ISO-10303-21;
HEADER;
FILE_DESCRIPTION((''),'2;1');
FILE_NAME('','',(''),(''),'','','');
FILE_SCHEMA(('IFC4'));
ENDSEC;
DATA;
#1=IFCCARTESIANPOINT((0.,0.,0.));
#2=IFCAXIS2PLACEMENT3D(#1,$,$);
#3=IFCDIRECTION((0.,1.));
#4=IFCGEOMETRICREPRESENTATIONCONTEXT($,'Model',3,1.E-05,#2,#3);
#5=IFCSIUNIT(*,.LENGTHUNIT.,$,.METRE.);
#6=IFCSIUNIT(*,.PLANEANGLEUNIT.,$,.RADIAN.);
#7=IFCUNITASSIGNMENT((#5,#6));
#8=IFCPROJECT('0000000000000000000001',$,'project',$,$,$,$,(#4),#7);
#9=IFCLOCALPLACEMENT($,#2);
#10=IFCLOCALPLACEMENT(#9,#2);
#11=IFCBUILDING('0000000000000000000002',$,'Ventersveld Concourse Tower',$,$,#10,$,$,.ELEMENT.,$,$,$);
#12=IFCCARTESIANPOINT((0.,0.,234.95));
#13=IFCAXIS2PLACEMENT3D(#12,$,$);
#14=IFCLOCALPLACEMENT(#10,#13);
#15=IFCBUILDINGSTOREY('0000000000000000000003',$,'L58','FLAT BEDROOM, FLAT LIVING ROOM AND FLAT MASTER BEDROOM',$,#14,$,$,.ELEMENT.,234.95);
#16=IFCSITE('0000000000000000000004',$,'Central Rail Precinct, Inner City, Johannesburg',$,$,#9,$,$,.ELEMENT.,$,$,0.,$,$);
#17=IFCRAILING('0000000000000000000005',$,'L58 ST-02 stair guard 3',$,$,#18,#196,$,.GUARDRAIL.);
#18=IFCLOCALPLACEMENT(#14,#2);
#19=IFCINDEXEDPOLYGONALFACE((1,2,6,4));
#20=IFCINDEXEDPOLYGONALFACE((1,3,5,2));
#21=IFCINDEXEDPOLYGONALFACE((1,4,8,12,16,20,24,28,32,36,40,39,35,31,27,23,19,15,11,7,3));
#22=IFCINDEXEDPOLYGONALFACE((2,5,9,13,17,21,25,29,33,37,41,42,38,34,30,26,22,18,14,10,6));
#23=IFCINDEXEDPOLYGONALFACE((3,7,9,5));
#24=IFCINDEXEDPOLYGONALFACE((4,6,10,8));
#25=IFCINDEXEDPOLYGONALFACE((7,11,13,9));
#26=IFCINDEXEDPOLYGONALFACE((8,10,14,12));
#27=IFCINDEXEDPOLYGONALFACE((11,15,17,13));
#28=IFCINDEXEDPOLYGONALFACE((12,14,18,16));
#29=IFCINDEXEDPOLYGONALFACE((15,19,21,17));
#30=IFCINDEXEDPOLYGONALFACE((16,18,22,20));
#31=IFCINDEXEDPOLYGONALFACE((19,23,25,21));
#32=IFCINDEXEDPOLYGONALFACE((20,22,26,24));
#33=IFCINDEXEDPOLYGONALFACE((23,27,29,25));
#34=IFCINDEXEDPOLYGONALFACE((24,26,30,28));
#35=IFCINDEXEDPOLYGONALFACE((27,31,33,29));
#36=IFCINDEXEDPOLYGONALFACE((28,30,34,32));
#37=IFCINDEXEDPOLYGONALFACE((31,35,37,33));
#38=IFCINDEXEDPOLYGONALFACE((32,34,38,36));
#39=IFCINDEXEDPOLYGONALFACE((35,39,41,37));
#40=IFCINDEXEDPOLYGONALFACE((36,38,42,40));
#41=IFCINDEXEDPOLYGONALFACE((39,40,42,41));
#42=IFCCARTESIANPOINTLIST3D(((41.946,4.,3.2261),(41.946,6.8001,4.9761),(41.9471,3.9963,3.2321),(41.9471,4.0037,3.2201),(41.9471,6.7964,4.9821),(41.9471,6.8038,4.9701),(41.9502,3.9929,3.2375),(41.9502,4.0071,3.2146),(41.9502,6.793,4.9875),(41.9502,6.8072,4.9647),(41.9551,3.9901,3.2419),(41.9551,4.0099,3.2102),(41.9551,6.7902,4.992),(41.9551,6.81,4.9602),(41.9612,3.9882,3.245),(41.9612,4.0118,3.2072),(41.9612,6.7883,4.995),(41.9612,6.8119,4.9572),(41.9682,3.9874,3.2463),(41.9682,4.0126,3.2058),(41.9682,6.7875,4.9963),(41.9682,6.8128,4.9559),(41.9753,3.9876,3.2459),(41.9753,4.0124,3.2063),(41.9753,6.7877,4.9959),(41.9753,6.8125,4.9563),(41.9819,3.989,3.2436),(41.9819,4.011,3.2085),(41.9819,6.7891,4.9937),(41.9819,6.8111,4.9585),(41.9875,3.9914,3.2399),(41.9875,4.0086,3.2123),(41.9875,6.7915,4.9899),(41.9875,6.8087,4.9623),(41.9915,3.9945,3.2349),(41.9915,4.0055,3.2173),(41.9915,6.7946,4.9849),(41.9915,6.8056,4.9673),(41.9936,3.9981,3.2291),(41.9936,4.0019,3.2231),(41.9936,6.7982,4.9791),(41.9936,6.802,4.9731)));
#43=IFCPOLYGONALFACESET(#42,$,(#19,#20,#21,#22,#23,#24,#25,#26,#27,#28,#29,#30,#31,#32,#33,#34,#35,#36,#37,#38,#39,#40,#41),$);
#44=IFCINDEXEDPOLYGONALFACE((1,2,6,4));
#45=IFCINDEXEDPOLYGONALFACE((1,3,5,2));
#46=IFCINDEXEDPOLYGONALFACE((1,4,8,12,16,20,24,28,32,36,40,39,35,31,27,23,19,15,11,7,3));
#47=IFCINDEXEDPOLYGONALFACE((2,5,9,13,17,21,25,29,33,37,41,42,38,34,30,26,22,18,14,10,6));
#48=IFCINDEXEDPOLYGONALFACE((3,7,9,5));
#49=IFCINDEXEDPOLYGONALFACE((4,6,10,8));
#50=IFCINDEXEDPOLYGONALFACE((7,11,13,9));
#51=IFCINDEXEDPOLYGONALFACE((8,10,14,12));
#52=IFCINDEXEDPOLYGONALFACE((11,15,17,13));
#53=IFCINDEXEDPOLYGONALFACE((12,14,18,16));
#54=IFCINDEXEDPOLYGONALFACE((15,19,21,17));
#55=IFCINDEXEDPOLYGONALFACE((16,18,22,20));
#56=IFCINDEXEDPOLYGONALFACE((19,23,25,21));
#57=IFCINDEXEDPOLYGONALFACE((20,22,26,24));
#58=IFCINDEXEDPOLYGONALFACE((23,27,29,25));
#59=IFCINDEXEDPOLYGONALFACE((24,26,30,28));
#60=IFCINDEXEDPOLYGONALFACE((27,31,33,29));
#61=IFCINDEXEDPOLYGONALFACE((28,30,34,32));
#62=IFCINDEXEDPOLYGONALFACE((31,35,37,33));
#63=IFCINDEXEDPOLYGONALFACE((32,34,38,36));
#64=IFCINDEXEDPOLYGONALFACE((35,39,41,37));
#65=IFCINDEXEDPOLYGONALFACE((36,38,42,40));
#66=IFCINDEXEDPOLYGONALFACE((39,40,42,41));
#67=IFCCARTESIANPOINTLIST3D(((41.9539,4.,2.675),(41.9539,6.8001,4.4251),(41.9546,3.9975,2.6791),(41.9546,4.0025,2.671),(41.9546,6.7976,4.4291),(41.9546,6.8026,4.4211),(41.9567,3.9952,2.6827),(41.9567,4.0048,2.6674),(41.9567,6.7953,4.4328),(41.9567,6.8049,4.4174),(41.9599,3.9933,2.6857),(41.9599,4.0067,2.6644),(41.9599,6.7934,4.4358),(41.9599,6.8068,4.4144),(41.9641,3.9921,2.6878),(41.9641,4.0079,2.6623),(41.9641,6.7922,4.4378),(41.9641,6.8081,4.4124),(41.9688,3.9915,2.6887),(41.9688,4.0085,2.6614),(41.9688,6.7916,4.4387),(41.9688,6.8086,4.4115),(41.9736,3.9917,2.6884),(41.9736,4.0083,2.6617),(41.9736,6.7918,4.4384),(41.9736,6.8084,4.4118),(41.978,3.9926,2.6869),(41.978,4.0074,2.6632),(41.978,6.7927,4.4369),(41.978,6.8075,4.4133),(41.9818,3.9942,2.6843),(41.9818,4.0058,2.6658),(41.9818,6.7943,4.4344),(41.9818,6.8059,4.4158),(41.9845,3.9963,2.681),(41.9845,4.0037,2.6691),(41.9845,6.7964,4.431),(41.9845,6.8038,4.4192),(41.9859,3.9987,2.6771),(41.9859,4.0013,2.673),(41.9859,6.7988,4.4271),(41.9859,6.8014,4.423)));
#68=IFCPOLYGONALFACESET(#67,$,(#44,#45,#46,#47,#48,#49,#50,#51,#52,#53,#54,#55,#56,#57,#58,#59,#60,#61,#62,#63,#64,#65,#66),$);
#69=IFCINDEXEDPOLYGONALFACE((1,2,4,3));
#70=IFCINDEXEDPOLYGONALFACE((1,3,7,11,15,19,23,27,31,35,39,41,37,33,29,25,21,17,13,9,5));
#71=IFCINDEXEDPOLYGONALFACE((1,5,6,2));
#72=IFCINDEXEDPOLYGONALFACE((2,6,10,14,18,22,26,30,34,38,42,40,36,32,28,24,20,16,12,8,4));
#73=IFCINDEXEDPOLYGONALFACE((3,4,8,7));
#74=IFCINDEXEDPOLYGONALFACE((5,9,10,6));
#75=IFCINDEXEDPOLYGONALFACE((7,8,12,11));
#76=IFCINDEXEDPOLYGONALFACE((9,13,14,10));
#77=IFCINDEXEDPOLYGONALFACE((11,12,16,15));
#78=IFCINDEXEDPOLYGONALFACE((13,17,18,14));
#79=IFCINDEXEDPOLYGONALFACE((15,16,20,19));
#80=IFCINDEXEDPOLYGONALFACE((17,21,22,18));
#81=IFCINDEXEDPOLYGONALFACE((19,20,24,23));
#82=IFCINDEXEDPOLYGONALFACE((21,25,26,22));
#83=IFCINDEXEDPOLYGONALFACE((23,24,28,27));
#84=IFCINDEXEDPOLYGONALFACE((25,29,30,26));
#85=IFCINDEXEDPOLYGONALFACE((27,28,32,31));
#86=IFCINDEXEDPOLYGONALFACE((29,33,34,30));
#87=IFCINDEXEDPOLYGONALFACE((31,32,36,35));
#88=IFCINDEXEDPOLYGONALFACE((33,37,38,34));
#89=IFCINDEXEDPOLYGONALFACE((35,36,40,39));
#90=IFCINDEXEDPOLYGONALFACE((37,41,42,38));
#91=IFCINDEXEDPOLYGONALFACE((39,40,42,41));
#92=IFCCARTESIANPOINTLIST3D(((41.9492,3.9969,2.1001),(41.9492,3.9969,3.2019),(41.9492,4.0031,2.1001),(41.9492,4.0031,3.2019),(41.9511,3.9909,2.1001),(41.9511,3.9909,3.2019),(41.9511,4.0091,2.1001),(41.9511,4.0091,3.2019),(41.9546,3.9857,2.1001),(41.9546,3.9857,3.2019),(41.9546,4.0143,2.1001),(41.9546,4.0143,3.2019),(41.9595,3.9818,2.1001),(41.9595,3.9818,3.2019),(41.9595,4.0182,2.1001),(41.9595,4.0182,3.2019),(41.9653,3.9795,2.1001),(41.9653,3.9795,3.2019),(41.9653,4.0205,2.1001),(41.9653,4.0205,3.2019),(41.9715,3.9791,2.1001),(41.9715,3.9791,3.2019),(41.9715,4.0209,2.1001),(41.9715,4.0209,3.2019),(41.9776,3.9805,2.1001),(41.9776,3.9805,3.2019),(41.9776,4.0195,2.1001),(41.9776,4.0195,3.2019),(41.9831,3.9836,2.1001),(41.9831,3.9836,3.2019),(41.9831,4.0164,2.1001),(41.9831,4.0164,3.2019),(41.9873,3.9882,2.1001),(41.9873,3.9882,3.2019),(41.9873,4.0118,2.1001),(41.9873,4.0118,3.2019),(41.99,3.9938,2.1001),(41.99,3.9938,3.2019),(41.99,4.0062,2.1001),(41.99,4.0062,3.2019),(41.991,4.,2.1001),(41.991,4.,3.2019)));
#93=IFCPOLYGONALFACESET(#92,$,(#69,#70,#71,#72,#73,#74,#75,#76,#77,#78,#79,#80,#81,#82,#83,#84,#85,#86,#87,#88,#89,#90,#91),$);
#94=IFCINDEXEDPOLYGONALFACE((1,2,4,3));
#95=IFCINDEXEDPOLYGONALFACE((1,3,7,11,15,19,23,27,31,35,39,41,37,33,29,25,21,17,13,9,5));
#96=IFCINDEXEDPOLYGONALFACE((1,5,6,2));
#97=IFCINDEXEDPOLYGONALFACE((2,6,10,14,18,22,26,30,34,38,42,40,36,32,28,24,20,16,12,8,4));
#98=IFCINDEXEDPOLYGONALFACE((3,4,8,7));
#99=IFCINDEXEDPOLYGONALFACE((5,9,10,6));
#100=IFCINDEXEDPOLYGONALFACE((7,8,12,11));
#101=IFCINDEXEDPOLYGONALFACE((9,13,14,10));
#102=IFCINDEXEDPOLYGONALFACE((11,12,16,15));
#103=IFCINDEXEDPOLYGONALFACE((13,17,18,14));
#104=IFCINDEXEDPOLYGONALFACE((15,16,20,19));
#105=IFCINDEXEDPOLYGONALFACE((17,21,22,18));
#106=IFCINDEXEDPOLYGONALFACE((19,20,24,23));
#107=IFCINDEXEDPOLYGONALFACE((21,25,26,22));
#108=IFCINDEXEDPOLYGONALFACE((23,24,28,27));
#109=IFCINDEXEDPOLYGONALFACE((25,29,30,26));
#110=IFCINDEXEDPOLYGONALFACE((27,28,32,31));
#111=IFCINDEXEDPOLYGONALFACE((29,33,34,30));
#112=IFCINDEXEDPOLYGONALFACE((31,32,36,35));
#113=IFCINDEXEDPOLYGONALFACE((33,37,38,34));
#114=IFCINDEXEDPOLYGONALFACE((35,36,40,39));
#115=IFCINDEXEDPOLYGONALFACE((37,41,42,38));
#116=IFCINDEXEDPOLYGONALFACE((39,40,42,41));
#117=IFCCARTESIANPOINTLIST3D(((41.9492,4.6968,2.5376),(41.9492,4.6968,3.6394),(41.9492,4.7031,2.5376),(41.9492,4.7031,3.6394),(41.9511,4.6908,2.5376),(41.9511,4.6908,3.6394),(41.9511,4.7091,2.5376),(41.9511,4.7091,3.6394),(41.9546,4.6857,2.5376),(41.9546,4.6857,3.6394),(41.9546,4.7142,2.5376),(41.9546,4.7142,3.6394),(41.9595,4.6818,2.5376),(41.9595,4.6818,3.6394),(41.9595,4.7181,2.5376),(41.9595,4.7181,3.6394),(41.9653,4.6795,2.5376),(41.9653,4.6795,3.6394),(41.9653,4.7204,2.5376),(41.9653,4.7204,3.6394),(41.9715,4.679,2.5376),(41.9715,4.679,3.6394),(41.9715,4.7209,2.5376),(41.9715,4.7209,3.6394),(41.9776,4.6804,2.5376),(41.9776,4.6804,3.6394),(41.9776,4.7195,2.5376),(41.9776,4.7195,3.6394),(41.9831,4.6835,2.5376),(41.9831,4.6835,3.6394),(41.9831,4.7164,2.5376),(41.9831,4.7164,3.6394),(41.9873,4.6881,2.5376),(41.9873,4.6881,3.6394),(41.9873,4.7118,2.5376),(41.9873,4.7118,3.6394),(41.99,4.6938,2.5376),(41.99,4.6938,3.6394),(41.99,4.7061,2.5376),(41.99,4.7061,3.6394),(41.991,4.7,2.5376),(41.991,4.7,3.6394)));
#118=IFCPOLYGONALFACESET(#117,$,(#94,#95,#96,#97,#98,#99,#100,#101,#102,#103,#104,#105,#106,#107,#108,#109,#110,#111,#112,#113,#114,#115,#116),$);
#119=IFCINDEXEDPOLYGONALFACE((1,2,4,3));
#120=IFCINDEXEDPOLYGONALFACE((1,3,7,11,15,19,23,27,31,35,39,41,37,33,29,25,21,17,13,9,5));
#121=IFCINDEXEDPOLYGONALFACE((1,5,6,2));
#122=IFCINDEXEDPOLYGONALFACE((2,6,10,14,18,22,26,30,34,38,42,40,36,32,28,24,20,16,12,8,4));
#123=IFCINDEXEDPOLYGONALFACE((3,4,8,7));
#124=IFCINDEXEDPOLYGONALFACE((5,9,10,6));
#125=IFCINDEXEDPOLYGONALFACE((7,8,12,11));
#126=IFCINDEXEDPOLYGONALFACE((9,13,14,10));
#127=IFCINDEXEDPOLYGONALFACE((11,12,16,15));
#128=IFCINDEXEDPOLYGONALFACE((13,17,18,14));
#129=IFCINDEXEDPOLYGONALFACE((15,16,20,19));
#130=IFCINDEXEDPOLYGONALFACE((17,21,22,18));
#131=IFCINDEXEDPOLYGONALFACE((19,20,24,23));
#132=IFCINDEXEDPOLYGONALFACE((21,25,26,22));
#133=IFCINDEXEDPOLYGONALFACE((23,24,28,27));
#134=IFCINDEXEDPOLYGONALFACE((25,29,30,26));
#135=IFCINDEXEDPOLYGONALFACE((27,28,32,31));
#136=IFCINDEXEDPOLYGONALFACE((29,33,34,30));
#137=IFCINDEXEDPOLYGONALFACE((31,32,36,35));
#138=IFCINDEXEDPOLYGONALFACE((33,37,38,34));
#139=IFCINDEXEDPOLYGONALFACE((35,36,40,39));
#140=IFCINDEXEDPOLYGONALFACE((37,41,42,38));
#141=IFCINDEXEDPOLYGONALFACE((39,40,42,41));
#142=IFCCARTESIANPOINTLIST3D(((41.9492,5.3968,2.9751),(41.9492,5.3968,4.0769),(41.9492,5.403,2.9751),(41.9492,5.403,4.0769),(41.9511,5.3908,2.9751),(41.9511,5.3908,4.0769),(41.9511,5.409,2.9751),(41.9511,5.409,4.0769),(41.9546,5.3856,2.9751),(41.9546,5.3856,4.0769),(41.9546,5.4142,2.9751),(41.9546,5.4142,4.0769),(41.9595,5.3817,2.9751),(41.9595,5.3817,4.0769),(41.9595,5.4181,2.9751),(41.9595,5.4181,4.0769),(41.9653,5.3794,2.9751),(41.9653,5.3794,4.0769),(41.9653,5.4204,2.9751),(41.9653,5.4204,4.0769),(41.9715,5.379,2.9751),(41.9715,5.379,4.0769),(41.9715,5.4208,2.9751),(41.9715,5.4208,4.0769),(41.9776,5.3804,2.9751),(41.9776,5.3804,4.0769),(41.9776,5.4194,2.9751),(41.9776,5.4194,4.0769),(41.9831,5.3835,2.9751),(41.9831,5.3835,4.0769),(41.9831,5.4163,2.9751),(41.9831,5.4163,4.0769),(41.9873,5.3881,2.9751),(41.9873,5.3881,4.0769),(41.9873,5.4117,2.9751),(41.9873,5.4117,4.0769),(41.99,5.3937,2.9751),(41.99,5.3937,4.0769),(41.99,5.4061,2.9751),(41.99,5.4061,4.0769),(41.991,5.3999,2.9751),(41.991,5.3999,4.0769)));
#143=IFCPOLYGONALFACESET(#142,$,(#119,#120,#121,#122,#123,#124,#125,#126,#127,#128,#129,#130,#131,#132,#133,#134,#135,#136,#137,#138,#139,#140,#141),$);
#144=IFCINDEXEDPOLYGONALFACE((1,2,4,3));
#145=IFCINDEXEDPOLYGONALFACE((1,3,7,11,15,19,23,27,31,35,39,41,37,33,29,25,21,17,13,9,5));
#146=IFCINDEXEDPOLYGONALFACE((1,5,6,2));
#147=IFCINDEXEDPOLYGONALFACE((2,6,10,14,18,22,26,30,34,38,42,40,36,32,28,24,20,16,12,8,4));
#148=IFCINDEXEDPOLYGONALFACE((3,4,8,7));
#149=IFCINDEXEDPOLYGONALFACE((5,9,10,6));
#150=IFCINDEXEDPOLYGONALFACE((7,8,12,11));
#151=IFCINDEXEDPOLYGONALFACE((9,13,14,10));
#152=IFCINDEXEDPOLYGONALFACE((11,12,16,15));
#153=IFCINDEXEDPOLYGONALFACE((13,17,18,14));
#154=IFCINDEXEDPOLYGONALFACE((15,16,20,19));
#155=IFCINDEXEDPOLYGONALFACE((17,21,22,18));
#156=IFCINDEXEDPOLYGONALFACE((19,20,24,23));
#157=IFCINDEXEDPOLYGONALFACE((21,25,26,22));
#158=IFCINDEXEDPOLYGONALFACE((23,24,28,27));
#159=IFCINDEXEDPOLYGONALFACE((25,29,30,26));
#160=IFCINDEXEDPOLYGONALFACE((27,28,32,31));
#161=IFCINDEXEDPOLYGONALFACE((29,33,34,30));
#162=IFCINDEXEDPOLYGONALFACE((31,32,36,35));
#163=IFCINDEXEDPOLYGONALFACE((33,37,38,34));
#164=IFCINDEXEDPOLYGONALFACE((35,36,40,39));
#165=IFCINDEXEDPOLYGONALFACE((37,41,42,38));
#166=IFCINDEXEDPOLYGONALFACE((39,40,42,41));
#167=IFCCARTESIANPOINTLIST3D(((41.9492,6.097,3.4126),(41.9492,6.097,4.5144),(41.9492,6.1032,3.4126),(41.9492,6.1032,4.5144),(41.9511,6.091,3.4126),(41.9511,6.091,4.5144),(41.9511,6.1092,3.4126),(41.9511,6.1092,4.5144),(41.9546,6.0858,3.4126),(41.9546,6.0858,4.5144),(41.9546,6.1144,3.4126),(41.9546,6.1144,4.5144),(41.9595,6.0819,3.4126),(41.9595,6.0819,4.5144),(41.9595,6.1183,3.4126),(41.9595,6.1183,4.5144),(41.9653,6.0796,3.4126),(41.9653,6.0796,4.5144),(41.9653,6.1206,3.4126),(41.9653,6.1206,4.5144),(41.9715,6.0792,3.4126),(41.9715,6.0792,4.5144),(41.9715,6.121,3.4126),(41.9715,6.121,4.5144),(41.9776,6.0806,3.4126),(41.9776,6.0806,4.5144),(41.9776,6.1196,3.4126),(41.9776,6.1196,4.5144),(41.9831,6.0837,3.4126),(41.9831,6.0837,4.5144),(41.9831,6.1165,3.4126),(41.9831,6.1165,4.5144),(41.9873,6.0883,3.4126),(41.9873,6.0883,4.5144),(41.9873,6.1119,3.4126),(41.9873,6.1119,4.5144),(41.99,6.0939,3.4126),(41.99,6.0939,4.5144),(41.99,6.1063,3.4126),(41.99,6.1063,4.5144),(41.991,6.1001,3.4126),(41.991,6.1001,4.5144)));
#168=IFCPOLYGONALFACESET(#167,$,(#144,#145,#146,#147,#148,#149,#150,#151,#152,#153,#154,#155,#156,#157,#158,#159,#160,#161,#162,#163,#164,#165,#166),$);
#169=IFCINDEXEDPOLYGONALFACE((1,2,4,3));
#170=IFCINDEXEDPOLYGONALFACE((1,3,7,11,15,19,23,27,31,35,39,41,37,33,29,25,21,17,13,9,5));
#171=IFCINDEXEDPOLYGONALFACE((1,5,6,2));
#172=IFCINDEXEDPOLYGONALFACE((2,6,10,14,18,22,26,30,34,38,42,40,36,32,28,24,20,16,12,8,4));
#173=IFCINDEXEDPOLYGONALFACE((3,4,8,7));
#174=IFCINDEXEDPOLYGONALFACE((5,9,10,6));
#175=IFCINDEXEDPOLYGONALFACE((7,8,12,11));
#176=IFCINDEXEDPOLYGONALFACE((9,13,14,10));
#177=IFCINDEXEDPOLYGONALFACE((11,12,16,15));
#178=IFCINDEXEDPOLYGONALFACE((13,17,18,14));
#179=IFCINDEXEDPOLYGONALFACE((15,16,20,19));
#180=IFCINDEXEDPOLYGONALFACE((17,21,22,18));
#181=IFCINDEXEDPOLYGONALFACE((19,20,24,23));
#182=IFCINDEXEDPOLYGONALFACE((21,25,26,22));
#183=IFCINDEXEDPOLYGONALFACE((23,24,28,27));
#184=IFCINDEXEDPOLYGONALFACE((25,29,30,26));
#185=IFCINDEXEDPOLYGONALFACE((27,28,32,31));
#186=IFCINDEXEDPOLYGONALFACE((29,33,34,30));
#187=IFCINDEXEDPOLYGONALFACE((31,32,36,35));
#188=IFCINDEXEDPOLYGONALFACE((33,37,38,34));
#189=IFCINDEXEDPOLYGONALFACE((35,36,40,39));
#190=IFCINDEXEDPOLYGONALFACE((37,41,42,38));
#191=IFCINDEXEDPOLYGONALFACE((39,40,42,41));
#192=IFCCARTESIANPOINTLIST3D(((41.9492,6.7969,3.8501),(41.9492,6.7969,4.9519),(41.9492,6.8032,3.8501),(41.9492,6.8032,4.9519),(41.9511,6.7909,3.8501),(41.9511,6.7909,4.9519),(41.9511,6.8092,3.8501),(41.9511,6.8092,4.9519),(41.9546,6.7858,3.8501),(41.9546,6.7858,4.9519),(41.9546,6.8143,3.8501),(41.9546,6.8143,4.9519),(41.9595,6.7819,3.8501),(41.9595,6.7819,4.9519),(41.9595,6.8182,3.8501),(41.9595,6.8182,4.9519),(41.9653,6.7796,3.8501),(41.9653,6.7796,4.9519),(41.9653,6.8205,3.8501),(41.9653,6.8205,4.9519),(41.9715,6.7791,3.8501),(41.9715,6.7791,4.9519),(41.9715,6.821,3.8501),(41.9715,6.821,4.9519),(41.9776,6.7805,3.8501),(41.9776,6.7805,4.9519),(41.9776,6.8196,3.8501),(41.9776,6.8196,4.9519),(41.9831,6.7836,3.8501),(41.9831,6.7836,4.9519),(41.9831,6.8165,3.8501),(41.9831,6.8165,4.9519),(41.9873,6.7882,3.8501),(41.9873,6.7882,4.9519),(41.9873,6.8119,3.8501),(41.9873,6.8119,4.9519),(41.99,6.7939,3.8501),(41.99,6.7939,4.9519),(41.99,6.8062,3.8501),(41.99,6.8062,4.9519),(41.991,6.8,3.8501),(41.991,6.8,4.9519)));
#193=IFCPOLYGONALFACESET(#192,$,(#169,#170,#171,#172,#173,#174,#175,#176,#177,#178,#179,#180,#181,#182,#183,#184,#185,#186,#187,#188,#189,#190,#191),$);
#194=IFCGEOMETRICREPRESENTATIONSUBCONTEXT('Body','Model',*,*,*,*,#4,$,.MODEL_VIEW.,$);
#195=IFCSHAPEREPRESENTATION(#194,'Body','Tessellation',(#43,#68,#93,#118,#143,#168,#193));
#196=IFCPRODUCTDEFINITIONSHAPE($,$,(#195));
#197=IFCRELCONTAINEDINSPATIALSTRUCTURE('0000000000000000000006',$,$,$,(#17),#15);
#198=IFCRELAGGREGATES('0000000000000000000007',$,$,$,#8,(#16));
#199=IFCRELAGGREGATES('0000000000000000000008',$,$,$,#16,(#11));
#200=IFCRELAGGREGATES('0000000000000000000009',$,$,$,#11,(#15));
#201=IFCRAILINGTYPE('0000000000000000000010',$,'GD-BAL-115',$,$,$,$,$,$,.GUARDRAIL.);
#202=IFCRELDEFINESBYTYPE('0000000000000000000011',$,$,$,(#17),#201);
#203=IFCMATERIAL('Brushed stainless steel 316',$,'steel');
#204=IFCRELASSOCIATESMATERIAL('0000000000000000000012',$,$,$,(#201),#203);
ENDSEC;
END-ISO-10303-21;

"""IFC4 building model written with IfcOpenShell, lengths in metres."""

from ifc_helpers import new_model, si_unit, direction, frame, origin, origin_2d, place, context, subcontext, project, spatial, circle, extrude, material, type_object, element, save


model = new_model("IFC4")

# Units and contexts
model_context = context("Model", 3, precision=1e-05, world=origin(), true_north=direction((0.0, 1.0)))
body_context = subcontext(model_context, "Body", "Model", "MODEL_VIEW")
ifc_project = project(units=[si_unit("LENGTHUNIT", "METRE"), si_unit("PLANEANGLEUNIT", "RADIAN")], contexts=[model_context])

# Site, building, storey
site_placement = place(None, origin())
site = spatial("IfcSite", under=ifc_project, at=site_placement, Name="Central Rail Precinct, Inner City, Johannesburg", CompositionType="ELEMENT", RefElevation=0.0)
building_placement = place(site_placement, origin())
building = spatial("IfcBuilding", under=site, at=building_placement, Name="Ventersveld Concourse Tower", CompositionType="ELEMENT")
storey_placement = place(building_placement, frame((0.0, 0.0, 234.95)))
storey = spatial("IfcBuildingStorey", under=building, at=storey_placement, Name="L58", Description="FLAT BEDROOM, FLAT LIVING ROOM AND FLAT MASTER BEDROOM", CompositionType="ELEMENT", Elevation=234.95)

# Railing
ifc_material_1 = material(Name="Brushed stainless steel 316", Category="steel")
railing_type_1 = type_object("IfcRailingType", Name="GD-BAL-115", PredefinedType="GUARDRAIL", material=ifc_material_1)
railing_1_placement = place(storey_placement, frame((41.97, 4.0, 2.1001)))
element("IfcRailing", 1, at=railing_1_placement, inside=storey, type_object=railing_type_1, Name="L58 ST-02 stair guard 3", PredefinedType="GUARDRAIL", context=body_context, shape_type="SweptSolid", body=[
    extrude(circle(Radius=0.0239, at=origin_2d()), frame((0.0, 0.0, 1.126), z_axis=(0.0, 0.848002, 0.529992), x_axis=(-1.0, 0.0, 0.0)), (0.0, 0.0, 1.0), 3.302),
    extrude(circle(Radius=0.0161, at=origin_2d()), frame((0.0, 0.0, 0.575), z_axis=(0.0, 0.848002, 0.529992), x_axis=(-1.0, 0.0, 0.0)), (0.0, 0.0, 1.0), 3.302),
    extrude(circle(Radius=0.021, at=origin_2d()), origin(), (0.0, 0.0, 1.0), 1.1018),
    extrude(circle(Radius=0.021, at=origin_2d()), frame((0.0, 0.7, 0.4375)), (0.0, 0.0, 1.0), 1.1018),
    extrude(circle(Radius=0.021, at=origin_2d()), frame((0.0, 1.3999, 0.875)), (0.0, 0.0, 1.0), 1.1018),
    extrude(circle(Radius=0.021, at=origin_2d()), frame((0.0, 2.1001, 1.3125)), (0.0, 0.0, 1.0), 1.1018),
    extrude(circle(Radius=0.021, at=origin_2d()), frame((0.0, 2.8, 1.75)), (0.0, 0.0, 1.0), 1.1018),
])

save(model, "model.ifc")
